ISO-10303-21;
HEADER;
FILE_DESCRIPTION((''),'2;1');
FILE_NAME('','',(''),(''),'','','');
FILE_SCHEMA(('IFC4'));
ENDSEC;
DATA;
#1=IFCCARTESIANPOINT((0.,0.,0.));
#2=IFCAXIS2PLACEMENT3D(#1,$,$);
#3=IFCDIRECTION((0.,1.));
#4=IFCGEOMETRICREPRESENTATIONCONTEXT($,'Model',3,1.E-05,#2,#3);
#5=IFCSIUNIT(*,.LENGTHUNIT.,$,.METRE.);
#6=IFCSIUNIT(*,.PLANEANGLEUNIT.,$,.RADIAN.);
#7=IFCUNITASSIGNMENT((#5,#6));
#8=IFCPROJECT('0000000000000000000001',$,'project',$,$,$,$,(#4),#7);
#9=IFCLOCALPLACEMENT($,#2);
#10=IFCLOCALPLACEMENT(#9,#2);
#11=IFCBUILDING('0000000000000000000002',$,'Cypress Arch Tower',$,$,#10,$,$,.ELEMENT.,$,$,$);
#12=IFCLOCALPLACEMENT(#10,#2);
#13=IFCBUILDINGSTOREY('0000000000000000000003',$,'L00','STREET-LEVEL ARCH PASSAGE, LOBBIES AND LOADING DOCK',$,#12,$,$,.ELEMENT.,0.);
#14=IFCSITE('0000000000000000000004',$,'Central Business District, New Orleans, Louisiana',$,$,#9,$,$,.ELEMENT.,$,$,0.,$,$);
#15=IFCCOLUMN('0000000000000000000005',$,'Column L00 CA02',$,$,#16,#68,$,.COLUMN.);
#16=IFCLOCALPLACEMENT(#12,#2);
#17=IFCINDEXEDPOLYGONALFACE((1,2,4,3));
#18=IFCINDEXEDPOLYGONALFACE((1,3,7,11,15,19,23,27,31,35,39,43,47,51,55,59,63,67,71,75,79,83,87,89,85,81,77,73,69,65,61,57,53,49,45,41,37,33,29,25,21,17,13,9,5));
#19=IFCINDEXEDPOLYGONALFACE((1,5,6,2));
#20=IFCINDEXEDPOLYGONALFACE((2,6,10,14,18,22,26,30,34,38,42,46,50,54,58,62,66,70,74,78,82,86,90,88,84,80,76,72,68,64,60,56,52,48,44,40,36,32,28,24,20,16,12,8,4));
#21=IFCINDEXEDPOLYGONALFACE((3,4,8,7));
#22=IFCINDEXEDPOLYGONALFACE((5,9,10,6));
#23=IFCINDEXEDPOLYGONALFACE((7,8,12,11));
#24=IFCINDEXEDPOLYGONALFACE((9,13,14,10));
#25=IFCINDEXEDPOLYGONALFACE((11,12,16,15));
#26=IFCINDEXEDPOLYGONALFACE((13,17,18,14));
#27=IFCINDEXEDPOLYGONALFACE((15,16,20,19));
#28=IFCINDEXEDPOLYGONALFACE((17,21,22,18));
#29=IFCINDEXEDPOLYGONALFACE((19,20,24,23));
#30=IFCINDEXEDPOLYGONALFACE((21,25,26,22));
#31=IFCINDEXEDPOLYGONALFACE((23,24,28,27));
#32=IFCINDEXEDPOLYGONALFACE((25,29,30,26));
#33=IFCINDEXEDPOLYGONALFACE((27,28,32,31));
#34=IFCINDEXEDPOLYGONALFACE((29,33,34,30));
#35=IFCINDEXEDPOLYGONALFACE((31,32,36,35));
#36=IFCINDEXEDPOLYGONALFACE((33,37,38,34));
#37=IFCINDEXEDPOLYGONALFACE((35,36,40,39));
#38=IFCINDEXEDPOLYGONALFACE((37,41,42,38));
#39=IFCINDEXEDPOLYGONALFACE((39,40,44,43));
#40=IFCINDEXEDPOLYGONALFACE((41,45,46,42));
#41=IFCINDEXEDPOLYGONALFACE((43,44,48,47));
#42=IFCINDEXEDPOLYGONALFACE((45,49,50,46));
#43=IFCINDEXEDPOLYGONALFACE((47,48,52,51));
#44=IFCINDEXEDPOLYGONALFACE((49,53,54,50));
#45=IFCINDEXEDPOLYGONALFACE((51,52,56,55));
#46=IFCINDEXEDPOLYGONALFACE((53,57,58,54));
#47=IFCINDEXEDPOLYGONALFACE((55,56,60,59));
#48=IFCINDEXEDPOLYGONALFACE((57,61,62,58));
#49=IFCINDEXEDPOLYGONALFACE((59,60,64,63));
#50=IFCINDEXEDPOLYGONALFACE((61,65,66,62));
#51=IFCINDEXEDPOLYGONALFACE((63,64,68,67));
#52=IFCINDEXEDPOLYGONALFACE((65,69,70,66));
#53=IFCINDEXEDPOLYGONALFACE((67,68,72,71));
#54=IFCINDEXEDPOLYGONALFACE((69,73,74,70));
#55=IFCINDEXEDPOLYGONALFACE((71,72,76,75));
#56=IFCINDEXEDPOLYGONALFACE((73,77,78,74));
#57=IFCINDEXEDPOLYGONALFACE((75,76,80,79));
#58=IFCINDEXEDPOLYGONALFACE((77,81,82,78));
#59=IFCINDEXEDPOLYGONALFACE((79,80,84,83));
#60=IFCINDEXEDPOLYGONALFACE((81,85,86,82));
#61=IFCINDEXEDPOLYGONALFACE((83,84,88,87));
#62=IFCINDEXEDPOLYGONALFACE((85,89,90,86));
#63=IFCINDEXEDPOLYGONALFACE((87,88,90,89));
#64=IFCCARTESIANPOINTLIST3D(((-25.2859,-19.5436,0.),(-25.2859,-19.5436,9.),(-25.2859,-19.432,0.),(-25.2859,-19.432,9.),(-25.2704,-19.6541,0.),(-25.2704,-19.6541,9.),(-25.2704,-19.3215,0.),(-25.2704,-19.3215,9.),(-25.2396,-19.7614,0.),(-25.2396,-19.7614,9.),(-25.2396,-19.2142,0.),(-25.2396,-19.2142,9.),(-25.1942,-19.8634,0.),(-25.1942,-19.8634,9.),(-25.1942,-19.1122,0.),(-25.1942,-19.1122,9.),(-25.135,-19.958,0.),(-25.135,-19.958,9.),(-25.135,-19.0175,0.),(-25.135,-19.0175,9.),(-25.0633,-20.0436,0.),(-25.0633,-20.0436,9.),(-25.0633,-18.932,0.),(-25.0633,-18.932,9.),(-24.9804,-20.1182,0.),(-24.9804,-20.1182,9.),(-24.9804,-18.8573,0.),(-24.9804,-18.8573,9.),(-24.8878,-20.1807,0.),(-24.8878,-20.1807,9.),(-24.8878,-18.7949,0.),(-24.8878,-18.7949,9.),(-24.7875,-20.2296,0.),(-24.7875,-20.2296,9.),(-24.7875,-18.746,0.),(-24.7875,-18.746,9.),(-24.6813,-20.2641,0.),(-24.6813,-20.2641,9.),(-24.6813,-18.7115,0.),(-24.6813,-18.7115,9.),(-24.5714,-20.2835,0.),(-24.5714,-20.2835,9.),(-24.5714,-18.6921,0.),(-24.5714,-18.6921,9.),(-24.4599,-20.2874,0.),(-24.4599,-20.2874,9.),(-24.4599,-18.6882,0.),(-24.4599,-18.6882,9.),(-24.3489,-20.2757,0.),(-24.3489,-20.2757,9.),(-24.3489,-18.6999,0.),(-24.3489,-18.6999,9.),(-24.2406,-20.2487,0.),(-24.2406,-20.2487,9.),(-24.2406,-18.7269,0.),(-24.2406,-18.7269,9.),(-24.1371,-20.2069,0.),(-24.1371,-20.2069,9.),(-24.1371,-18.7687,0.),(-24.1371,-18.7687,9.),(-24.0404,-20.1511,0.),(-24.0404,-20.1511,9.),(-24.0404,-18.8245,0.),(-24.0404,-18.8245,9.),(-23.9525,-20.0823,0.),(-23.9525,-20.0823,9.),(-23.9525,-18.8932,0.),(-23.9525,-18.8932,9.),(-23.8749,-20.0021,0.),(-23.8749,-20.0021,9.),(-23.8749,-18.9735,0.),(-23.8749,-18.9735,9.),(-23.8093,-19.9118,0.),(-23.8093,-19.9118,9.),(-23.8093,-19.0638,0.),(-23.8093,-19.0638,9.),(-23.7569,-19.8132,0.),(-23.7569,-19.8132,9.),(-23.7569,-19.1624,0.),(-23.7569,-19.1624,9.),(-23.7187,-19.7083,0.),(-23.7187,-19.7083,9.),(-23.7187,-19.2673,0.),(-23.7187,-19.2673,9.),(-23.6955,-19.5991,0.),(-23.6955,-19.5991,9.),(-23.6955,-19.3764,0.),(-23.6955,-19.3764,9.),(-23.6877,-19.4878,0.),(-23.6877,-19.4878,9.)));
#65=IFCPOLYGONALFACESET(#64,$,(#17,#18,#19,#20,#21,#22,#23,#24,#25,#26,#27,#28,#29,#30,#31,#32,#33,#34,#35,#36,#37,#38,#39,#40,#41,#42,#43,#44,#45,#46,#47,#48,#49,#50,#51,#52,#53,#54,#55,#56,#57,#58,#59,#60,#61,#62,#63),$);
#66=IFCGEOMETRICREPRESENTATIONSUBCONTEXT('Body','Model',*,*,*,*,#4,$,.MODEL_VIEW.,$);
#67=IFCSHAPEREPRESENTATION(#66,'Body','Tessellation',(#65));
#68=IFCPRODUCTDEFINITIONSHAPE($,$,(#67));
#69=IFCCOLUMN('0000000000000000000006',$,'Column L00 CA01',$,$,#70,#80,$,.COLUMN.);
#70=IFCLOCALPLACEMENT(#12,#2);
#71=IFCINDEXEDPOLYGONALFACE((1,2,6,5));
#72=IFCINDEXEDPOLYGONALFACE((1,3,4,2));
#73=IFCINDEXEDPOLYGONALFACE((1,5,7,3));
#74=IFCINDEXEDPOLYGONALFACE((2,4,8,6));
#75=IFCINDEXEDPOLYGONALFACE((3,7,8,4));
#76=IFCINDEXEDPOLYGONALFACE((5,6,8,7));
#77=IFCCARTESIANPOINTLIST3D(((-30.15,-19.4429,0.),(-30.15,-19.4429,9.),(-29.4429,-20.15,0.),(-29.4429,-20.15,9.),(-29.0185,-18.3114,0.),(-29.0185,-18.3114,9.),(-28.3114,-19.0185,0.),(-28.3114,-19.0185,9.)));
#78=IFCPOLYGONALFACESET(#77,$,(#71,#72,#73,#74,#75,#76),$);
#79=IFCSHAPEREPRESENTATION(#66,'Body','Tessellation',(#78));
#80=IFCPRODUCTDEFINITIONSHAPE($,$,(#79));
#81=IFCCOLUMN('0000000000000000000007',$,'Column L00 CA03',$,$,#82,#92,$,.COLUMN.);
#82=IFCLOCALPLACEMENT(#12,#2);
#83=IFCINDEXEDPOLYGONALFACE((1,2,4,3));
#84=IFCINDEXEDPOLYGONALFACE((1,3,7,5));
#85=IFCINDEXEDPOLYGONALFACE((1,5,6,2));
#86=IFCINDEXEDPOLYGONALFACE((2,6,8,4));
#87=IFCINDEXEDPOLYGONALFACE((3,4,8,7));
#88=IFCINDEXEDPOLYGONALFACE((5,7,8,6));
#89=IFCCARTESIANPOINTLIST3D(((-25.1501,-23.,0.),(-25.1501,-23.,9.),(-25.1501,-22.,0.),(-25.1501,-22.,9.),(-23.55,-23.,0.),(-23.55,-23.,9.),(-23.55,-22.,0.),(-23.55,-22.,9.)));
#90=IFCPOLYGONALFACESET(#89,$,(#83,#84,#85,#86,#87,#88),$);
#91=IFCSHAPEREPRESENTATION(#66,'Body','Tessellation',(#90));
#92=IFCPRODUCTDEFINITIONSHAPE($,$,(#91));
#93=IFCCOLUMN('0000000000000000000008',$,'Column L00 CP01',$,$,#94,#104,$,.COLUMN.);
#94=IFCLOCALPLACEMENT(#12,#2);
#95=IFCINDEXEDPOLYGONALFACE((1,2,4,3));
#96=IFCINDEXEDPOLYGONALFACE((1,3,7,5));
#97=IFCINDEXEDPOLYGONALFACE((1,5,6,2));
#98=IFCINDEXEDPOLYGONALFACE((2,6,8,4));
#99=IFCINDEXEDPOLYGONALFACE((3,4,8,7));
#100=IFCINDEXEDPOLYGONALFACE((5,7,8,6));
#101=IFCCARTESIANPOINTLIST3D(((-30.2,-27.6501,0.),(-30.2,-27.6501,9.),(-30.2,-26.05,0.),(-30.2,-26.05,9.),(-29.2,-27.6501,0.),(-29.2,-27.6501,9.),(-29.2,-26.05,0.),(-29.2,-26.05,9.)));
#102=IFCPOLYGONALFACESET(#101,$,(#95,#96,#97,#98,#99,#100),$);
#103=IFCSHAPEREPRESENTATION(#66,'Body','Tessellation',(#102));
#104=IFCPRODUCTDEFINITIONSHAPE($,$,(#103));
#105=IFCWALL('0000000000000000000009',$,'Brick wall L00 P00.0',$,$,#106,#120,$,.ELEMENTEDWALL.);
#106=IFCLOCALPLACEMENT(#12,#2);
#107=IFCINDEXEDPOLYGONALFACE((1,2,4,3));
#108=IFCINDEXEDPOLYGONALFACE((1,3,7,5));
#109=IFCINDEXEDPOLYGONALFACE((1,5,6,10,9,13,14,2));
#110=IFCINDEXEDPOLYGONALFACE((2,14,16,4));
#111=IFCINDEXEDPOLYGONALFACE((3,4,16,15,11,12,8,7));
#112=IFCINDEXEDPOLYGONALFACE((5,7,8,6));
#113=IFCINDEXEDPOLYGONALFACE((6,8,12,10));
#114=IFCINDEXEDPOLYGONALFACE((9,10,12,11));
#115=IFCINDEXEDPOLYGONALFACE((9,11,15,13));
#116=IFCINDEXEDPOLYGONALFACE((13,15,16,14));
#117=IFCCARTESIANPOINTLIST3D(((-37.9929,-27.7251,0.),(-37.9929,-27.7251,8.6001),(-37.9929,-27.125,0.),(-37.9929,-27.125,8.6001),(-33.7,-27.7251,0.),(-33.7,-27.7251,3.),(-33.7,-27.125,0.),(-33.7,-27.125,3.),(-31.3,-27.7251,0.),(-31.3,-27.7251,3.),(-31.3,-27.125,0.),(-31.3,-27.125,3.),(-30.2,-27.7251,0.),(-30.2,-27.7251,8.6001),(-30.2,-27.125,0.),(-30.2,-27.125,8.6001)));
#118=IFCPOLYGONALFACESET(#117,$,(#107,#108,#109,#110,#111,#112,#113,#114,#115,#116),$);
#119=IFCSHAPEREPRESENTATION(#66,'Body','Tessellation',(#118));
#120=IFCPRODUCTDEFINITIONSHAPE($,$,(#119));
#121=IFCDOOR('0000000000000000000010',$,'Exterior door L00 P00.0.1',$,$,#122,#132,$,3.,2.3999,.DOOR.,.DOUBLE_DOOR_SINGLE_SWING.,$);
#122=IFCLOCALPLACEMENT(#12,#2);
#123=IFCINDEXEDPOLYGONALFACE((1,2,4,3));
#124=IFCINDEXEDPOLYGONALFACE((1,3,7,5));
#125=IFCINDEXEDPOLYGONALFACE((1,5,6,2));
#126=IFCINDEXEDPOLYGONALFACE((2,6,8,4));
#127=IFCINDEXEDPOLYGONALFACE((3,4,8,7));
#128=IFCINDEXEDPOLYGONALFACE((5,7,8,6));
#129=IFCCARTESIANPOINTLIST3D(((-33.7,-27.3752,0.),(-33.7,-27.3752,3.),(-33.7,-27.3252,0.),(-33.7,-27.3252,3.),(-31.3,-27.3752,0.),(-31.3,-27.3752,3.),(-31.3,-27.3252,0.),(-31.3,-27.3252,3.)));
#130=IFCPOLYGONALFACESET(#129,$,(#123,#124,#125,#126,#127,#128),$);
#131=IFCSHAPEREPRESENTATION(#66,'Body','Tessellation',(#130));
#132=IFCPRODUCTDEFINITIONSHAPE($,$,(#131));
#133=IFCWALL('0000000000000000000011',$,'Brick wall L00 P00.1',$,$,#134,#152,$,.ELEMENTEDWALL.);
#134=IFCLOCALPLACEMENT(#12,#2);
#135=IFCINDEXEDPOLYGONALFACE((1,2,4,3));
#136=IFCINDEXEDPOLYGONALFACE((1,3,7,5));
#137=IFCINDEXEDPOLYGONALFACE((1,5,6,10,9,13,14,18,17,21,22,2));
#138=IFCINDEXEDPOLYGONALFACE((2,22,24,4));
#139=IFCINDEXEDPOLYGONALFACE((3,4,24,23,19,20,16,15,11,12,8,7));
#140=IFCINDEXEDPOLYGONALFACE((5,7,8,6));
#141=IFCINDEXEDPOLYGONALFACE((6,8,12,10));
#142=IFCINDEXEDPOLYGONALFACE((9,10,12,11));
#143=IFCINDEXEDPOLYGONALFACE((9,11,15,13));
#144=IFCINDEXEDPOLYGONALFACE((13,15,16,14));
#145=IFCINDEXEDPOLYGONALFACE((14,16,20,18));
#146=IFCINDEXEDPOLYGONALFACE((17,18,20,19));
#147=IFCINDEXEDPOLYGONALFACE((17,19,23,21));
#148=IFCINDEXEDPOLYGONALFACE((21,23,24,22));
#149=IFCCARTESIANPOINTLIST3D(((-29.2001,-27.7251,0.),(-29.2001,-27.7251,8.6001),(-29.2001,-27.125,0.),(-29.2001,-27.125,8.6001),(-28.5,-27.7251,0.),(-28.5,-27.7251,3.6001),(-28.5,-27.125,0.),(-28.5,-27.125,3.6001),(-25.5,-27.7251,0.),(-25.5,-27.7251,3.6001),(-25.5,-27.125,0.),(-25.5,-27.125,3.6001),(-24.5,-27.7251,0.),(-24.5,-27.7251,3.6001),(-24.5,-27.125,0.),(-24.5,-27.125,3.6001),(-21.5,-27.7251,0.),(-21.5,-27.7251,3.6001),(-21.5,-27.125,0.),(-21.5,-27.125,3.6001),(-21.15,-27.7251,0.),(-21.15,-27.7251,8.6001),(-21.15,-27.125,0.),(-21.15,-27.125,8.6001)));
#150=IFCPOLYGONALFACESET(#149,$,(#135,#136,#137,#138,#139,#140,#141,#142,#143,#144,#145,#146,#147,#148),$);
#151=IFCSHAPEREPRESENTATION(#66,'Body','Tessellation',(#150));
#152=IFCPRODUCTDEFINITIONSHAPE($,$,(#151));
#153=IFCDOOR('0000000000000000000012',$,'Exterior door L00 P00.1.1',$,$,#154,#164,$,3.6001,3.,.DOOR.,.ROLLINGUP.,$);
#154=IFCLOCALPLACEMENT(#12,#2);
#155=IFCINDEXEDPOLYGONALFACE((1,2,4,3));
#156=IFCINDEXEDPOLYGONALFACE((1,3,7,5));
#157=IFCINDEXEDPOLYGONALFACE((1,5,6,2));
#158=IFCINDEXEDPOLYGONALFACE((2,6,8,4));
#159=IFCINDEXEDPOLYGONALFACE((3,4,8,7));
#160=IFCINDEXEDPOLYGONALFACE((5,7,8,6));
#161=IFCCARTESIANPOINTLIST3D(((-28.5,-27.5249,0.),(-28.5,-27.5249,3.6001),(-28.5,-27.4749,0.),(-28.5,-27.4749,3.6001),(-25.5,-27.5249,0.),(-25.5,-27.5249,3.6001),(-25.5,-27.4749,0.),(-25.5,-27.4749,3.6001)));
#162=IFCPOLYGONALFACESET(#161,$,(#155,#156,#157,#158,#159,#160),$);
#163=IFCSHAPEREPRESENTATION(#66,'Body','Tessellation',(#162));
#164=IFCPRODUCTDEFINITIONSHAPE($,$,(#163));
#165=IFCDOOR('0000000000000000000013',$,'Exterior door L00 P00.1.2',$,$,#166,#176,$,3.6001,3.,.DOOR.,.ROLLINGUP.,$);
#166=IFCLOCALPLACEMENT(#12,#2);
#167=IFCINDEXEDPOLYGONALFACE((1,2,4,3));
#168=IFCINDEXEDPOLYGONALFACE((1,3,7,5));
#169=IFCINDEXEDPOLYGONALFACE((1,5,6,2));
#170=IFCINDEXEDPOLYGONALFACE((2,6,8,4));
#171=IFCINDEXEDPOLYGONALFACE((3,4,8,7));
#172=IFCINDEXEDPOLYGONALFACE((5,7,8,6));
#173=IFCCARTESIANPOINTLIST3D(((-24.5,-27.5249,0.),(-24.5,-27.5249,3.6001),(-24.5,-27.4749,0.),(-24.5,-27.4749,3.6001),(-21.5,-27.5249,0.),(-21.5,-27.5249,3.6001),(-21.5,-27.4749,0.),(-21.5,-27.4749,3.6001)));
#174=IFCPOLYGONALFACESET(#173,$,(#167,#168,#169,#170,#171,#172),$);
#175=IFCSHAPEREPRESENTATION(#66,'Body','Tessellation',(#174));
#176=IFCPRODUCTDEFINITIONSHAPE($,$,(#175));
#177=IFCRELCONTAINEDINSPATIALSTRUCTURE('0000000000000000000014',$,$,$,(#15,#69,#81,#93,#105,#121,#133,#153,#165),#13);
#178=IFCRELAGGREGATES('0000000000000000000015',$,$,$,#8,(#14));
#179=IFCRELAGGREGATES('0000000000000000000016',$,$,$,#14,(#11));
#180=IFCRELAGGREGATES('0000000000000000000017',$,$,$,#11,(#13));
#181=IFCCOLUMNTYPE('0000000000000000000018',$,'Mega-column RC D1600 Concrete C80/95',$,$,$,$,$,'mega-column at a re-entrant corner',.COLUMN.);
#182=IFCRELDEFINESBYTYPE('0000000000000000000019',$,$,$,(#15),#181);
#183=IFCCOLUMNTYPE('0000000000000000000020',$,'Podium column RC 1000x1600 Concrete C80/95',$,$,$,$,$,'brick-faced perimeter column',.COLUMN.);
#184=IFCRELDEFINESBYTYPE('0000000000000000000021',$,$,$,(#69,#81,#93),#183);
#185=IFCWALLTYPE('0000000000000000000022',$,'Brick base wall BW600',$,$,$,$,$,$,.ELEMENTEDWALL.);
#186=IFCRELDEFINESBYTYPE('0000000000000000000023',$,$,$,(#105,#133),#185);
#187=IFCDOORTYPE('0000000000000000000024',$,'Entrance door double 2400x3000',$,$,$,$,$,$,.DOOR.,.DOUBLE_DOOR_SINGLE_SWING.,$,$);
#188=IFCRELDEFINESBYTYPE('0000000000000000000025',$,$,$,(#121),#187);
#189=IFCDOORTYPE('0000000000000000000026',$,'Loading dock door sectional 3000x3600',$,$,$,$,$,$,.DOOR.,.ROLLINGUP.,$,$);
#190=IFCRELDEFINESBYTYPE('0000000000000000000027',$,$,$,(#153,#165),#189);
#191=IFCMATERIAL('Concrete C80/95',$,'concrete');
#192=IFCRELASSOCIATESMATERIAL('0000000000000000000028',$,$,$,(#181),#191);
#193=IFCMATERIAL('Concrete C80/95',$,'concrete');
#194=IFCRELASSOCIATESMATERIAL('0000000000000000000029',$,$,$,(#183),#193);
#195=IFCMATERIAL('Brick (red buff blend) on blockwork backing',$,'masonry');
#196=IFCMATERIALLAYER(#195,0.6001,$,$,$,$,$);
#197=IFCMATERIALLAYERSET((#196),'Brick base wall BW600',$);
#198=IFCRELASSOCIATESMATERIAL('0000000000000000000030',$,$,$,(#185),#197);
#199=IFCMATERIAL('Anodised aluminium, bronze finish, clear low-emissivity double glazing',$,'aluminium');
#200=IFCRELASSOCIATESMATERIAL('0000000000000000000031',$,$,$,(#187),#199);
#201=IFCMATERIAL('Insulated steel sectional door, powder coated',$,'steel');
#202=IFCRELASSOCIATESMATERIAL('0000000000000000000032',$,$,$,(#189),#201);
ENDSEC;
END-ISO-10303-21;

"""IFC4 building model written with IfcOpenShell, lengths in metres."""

from ifc_helpers import new_model, si_unit, direction, frame, frame_2d, origin, origin_2d, place, context, subcontext, project, spatial, rectangle, circle, extrude, material, layer, layer_set, material_profile, profile_set, type_object, element, fill, save


model = new_model("IFC4")

# Units and contexts
model_context = context("Model", 3, precision=1e-05, world=origin(), true_north=direction((0.0, 1.0)))
body_context = subcontext(model_context, "Body", "Model", "MODEL_VIEW")
ifc_project = project(units=[si_unit("LENGTHUNIT", "METRE"), si_unit("PLANEANGLEUNIT", "RADIAN")], contexts=[model_context])

# Site, building, storey
site_placement = place(None, origin())
site = spatial("IfcSite", under=ifc_project, at=site_placement, Name="Central Business District, New Orleans, Louisiana", CompositionType="ELEMENT", RefElevation=0.0)
building_placement = place(site_placement, origin())
building = spatial("IfcBuilding", under=site, at=building_placement, Name="Cypress Arch Tower", CompositionType="ELEMENT")
storey_placement = place(building_placement, origin())
storey = spatial("IfcBuildingStorey", under=building, at=storey_placement, Name="L00", Description="STREET-LEVEL ARCH PASSAGE, LOBBIES AND LOADING DOCK", CompositionType="ELEMENT", Elevation=0.0)

# Columns
ifc_material_1 = material(Name="Concrete C80/95", Category="concrete")
ifc_material_profile_1 = material_profile(ifc_material_1, circle(Radius=0.8, at=origin_2d()), Name="RC D1600")
ifc_profile_set_1 = profile_set([ifc_material_profile_1], Name="Concrete C80/95")
column_type_1 = type_object("IfcColumnType", Name="Mega-column RC D1600 Concrete C80/95", ElementType="mega-column at a re-entrant corner", PredefinedType="COLUMN", material=ifc_profile_set_1)
column_placement = place(storey_placement, frame((-24.4878, -19.4878, 0.0), z_axis=(0.0, 0.0, 1.0), x_axis=(1.0, 0.0, 0.0)))
element("IfcColumn", 1, at=column_placement, inside=storey, type_object=column_type_1, Name="Column L00 CA02", PredefinedType="COLUMN", context=body_context, shape_type="SweptSolid", body=[
    extrude(circle(Radius=0.8, at=origin_2d()), origin(), (0.0, 0.0, 1.0), 9.0),
])
ifc_material_2 = material(Name="Concrete C80/95", Category="concrete")
ifc_material_profile_2 = material_profile(ifc_material_2, rectangle(XDim=1.0, YDim=1.6001, at=origin_2d()), Name="RC 1000x1600")
ifc_profile_set_2 = profile_set([ifc_material_profile_2], Name="Concrete C80/95")
column_type_2 = type_object("IfcColumnType", Name="Podium column RC 1000x1600 Concrete C80/95", ElementType="brick-faced perimeter column", PredefinedType="COLUMN", material=ifc_profile_set_2)
for number, where, z_axis, x_axis, name in (
    (2, (-29.2307, -19.2307, 0.0), (0.0, 0.0, 1.0), (0.707107, -0.707107, 0.0), "Column L00 CA01"),
    (3, (-24.3501, -22.5, 0.0), (0.0, 0.0, 1.0), (0.0, -1.0, 0.0), "Column L00 CA03"),
    (4, (-29.7, -26.8501, 0.0), (0.0, 0.0, 1.0), (1.0, 0.0, 0.0), "Column L00 CP01"),
):
    element("IfcColumn", number, at=place(storey_placement, frame(where, z_axis=z_axis, x_axis=x_axis)), inside=storey, type_object=column_type_2, Name=name, PredefinedType="COLUMN", context=body_context, shape_type="SweptSolid", body=[
        extrude(rectangle(XDim=1.0, YDim=1.6001, at=origin_2d()), origin(), (0.0, 0.0, 1.0), 9.0),
    ])

# Wall, opening, door
ifc_material_3 = material(Name="Brick (red buff blend) on blockwork backing", Category="masonry")
ifc_layer_1 = layer(ifc_material_3, 0.6001)
ifc_layer_set_1 = layer_set([ifc_layer_1], Name="Brick base wall BW600")
wall_type_1 = type_object("IfcWallType", Name="Brick base wall BW600", PredefinedType="ELEMENTEDWALL", material=ifc_layer_set_1)
wall_1_placement = place(storey_placement, frame((-30.2, -27.425, 0.0), z_axis=(0.0, 0.0, 1.0), x_axis=(-1.0, 0.0, 0.0)))
wall_1 = element("IfcWall", 5, at=wall_1_placement, inside=storey, type_object=wall_type_1, Name="Brick wall L00 P00.0", PredefinedType="ELEMENTEDWALL", context=body_context, shape_type="SweptSolid", body=[
    extrude(rectangle(XDim=7.793, YDim=0.6001, at=frame_2d((3.8965, 0.0))), origin(), (0.0, 0.0, 1.0), 8.6001),
])
opening_1_placement = place(wall_1_placement, frame((1.1001, 0.0, 0.0)))
opening_1 = element("IfcOpeningElement", 6, at=opening_1_placement, cuts=wall_1, PredefinedType="OPENING", context=body_context, shape_type="SweptSolid", body=[
    extrude(rectangle(XDim=2.3999, YDim=3.0, at=frame_2d((1.2, 1.5))), frame((0.0, 0.3101, 0.0), z_axis=(0.0, -1.0, 0.0), x_axis=(1.0, 0.0, 0.0)), (0.0, 0.0, 1.0), 0.6201),
])
ifc_material_4 = material(Name="Anodised aluminium, bronze finish, clear low-emissivity double glazing", Category="aluminium")
door_type_1 = type_object("IfcDoorType", Name="Entrance door double 2400x3000", OperationType="DOUBLE_DOOR_SINGLE_SWING", PredefinedType="DOOR", material=ifc_material_4)
door_1_placement = place(opening_1_placement, origin())
door_1 = element("IfcDoor", 7, at=door_1_placement, inside=storey, type_object=door_type_1, Name="Exterior door L00 P00.0.1", OperationType="DOUBLE_DOOR_SINGLE_SWING", OverallHeight=3.0, OverallWidth=2.3999, PredefinedType="DOOR", context=body_context, shape_type="SweptSolid", body=[
    extrude(rectangle(XDim=2.3999, YDim=3.0, at=frame_2d((1.2, 1.5))), frame((0.0, -0.0498, 0.0), z_axis=(0.0, -1.0, 0.0), x_axis=(1.0, 0.0, 0.0)), (0.0, 0.0, 1.0), 0.05),
])
fill(opening_1, door_1)

# Wall, openings, doors
wall_2_placement = place(storey_placement, frame((-29.2, -27.425, 0.0), z_axis=(0.0, 0.0, 1.0), x_axis=(1.0, 0.0, 0.0)))
wall_2 = element("IfcWall", 8, at=wall_2_placement, inside=storey, type_object=wall_type_1, Name="Brick wall L00 P00.1", PredefinedType="ELEMENTEDWALL", context=body_context, shape_type="SweptSolid", body=[
    extrude(rectangle(XDim=8.05, YDim=0.6001, at=frame_2d((4.0249, 0.0))), origin(), (0.0, 0.0, 1.0), 8.6001),
])
opening_2_placement = place(wall_2_placement, frame((0.7, 0.0, 0.0)))
opening_2 = element("IfcOpeningElement", 9, at=opening_2_placement, cuts=wall_2, PredefinedType="OPENING", context=body_context, shape_type="SweptSolid", body=[
    extrude(rectangle(XDim=3.0, YDim=3.6001, at=frame_2d((1.5, 1.8))), frame((0.0, 0.3101, 0.0), z_axis=(0.0, -1.0, 0.0), x_axis=(1.0, 0.0, 0.0)), (0.0, 0.0, 1.0), 0.6201),
])
opening_3_placement = place(wall_2_placement, frame((4.7, 0.0, 0.0)))
opening_3 = element("IfcOpeningElement", 10, at=opening_3_placement, cuts=wall_2, PredefinedType="OPENING", context=body_context, shape_type="SweptSolid", body=[
    extrude(rectangle(XDim=3.0, YDim=3.6001, at=frame_2d((1.5, 1.8))), frame((0.0, 0.3101, 0.0), z_axis=(0.0, -1.0, 0.0), x_axis=(1.0, 0.0, 0.0)), (0.0, 0.0, 1.0), 0.6201),
])
ifc_material_5 = material(Name="Insulated steel sectional door, powder coated", Category="steel")
door_type_2 = type_object("IfcDoorType", Name="Loading dock door sectional 3000x3600", OperationType="ROLLINGUP", PredefinedType="DOOR", material=ifc_material_5)
door_2_placement = place(opening_2_placement, origin())
door_2 = element("IfcDoor", 11, at=door_2_placement, inside=storey, type_object=door_type_2, Name="Exterior door L00 P00.1.1", OperationType="ROLLINGUP", OverallHeight=3.6001, OverallWidth=3.0, PredefinedType="DOOR", context=body_context, shape_type="SweptSolid", body=[
    extrude(rectangle(XDim=3.0, YDim=3.6001, at=frame_2d((1.5, 1.8))), frame((0.0, -0.0498, 0.0), z_axis=(0.0, -1.0, 0.0), x_axis=(1.0, 0.0, 0.0)), (0.0, 0.0, 1.0), 0.05),
])
fill(opening_2, door_2)
door_3_placement = place(opening_3_placement, origin())
door_3 = element("IfcDoor", 12, at=door_3_placement, inside=storey, type_object=door_type_2, Name="Exterior door L00 P00.1.2", OperationType="ROLLINGUP", OverallHeight=3.6001, OverallWidth=3.0, PredefinedType="DOOR", context=body_context, shape_type="SweptSolid", body=[
    extrude(rectangle(XDim=3.0, YDim=3.6001, at=frame_2d((1.5, 1.8))), frame((0.0, -0.0498, 0.0), z_axis=(0.0, -1.0, 0.0), x_axis=(1.0, 0.0, 0.0)), (0.0, 0.0, 1.0), 0.05),
])
fill(opening_3, door_3)

save(model, "model.ifc")
